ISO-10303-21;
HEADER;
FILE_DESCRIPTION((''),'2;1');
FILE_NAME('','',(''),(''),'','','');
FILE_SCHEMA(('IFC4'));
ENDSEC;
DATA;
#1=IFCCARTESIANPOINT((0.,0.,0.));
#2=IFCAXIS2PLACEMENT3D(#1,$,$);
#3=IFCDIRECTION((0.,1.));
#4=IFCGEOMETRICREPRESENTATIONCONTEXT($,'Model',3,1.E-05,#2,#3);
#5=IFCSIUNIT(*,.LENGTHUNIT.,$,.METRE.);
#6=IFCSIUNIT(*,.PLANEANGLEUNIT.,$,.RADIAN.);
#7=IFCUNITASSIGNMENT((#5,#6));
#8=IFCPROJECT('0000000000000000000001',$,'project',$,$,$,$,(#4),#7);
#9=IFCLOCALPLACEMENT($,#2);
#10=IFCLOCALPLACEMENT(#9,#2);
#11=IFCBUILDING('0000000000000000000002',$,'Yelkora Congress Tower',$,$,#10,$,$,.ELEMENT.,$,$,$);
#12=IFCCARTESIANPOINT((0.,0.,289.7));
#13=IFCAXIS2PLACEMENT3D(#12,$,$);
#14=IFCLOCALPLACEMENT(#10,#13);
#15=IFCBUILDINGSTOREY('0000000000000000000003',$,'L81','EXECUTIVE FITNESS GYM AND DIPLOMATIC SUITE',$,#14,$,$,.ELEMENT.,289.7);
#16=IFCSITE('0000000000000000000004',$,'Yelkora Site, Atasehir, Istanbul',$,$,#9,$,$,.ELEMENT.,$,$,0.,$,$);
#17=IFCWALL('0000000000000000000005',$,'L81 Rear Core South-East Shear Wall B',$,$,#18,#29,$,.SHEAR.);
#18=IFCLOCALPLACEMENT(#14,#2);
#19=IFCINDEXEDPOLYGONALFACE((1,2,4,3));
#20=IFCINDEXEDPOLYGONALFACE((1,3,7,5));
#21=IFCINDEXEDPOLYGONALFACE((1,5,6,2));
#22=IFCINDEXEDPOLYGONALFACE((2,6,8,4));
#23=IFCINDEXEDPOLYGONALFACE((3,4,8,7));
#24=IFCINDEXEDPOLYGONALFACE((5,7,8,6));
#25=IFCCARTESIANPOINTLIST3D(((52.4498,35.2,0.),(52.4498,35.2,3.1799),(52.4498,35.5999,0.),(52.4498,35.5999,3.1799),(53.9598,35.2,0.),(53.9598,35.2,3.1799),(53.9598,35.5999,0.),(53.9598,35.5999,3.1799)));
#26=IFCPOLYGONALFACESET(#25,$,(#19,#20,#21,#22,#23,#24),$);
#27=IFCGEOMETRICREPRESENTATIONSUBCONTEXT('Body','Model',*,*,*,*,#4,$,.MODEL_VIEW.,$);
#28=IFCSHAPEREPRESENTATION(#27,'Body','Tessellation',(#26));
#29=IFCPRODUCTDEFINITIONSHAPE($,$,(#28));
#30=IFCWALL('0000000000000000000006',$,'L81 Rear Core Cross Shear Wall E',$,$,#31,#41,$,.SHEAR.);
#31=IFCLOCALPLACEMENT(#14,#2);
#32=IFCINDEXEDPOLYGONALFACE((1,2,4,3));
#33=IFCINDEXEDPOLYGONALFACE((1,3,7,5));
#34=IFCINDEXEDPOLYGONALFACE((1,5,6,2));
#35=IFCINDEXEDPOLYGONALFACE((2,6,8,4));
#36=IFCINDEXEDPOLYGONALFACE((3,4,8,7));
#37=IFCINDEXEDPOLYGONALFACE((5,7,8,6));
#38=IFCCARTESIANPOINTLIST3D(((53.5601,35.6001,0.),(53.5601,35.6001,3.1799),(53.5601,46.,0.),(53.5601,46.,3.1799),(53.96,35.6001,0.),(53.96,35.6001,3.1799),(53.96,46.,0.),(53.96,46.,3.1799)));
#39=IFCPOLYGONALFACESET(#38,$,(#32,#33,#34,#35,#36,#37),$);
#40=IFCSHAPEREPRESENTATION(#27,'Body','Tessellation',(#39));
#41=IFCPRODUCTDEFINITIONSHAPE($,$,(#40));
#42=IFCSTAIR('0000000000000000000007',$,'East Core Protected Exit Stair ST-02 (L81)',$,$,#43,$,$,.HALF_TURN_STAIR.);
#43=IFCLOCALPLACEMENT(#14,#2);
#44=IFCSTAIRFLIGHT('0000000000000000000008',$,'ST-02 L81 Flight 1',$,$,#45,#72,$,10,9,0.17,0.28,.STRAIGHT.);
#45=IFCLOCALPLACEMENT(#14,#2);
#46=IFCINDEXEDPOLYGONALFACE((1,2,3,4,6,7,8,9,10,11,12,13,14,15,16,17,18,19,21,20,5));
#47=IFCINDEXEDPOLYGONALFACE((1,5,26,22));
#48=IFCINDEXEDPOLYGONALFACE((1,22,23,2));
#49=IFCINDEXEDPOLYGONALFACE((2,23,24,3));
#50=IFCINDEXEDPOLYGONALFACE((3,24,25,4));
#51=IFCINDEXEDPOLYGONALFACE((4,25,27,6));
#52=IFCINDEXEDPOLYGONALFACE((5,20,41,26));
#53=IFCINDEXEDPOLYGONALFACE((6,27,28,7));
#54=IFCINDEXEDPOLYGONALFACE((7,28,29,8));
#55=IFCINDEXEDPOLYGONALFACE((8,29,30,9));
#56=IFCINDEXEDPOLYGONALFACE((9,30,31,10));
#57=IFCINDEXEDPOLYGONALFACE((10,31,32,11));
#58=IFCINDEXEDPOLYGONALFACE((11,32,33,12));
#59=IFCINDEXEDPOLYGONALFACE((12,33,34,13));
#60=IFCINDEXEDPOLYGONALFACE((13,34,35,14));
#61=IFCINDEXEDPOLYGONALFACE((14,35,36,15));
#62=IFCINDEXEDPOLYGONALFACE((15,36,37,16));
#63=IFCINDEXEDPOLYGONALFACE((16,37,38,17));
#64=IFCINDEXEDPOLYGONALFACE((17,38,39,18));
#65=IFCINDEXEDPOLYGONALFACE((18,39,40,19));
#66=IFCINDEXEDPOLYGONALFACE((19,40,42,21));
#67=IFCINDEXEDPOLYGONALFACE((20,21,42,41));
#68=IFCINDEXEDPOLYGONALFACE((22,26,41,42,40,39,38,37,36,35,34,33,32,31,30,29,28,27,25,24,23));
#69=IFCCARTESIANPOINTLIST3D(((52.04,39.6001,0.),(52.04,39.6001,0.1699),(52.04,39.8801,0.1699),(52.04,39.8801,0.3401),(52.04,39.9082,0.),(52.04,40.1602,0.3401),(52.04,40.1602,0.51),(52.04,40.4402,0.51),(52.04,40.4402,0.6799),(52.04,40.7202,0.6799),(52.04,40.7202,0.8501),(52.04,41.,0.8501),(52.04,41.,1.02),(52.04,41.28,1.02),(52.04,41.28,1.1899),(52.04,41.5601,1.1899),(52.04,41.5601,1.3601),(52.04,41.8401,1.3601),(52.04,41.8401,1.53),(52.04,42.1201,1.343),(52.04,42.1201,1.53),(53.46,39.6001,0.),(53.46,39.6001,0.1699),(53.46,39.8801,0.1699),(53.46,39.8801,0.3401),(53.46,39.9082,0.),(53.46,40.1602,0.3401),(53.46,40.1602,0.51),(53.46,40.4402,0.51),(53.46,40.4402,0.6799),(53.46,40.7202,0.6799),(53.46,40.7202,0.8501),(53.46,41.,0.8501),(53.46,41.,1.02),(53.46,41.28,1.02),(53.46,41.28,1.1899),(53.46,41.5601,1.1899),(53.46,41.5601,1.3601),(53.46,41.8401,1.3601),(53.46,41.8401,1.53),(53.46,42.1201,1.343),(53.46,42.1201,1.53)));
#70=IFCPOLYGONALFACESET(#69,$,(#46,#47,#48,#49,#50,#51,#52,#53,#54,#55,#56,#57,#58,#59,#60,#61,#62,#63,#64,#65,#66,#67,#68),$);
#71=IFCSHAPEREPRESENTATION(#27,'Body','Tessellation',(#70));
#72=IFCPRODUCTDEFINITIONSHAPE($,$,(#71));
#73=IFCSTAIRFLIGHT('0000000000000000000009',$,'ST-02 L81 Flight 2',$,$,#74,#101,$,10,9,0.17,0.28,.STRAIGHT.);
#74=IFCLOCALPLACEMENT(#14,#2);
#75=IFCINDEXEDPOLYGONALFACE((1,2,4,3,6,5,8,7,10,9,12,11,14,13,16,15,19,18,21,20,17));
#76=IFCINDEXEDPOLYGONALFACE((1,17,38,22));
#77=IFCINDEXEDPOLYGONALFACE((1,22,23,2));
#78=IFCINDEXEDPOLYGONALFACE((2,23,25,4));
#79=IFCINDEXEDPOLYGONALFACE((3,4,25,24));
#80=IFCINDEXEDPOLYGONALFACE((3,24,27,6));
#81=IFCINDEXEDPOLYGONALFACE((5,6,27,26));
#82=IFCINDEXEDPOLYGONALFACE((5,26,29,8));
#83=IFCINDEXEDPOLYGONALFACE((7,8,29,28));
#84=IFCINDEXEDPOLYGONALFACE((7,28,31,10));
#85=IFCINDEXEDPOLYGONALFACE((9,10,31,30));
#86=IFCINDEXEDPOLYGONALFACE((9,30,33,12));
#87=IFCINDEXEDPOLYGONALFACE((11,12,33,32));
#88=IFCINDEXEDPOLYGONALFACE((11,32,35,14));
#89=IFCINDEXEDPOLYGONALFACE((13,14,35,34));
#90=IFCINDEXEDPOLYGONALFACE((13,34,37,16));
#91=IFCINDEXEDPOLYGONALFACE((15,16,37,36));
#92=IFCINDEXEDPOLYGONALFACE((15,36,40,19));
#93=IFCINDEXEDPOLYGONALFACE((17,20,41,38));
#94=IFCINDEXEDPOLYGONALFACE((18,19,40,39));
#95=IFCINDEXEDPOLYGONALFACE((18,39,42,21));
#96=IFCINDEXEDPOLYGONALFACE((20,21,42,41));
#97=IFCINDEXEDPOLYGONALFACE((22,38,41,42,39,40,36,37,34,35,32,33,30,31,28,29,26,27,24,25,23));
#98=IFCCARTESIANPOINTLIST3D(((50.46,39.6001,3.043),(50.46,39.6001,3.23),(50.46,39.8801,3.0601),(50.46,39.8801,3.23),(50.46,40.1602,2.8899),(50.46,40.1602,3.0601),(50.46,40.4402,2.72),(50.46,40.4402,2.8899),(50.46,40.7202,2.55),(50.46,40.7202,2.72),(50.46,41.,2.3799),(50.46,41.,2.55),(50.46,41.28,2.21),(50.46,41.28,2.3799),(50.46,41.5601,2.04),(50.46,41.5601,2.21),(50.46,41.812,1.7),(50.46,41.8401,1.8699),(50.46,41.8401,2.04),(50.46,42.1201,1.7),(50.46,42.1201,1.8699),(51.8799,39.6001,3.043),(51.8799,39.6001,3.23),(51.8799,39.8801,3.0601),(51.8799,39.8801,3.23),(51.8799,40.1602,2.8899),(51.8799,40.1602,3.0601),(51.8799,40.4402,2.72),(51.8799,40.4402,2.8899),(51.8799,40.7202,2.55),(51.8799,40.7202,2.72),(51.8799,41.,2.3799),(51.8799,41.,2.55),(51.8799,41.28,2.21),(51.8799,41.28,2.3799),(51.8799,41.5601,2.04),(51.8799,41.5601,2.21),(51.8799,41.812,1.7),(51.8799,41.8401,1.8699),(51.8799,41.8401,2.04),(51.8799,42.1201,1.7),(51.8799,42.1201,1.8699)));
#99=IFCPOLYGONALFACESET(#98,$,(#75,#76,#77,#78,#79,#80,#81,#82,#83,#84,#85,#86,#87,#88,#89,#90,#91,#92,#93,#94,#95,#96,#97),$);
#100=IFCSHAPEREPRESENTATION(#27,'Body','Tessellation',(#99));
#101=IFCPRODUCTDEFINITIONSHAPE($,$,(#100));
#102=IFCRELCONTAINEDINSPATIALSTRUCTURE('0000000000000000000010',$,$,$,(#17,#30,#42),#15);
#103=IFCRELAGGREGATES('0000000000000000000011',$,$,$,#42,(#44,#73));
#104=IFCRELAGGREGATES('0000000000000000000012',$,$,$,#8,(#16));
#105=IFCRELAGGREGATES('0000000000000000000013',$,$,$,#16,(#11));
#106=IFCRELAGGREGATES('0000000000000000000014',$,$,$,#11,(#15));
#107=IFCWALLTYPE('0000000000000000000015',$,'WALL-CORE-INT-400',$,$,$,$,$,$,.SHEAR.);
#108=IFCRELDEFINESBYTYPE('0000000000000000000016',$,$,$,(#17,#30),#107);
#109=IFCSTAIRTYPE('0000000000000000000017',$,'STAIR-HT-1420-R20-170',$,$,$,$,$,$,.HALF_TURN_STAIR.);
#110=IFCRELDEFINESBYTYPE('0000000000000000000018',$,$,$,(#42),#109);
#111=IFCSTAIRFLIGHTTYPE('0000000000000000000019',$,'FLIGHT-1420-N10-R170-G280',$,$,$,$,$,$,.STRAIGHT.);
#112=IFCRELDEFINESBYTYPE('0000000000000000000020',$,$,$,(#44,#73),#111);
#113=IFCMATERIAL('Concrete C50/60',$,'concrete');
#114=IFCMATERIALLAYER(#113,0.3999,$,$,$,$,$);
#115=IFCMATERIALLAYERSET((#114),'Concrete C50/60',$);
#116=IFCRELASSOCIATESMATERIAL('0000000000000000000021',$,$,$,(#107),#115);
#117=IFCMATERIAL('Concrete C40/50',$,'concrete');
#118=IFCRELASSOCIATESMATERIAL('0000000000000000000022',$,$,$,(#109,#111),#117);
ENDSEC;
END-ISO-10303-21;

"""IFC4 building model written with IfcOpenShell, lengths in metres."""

from ifc_helpers import new_model, si_unit, direction, frame, frame_2d, origin, place, context, subcontext, project, spatial, polyline, rectangle, outline, extrude, material, layer, layer_set, type_object, element, aggregate, save


model = new_model("IFC4")

# Units and contexts
model_context = context("Model", 3, precision=1e-05, world=origin(), true_north=direction((0.0, 1.0)))
body_context = subcontext(model_context, "Body", "Model", "MODEL_VIEW")
ifc_project = project(units=[si_unit("LENGTHUNIT", "METRE"), si_unit("PLANEANGLEUNIT", "RADIAN")], contexts=[model_context])

# Site, building, storey
site_placement = place(None, origin())
site = spatial("IfcSite", under=ifc_project, at=site_placement, Name="Yelkora Site, Atasehir, Istanbul", CompositionType="ELEMENT", RefElevation=0.0)
building_placement = place(site_placement, origin())
building = spatial("IfcBuilding", under=site, at=building_placement, Name="Yelkora Congress Tower", CompositionType="ELEMENT")
storey_placement = place(building_placement, frame((0.0, 0.0, 289.7)))
storey = spatial("IfcBuildingStorey", under=building, at=storey_placement, Name="L81", Description="EXECUTIVE FITNESS GYM AND DIPLOMATIC SUITE", CompositionType="ELEMENT", Elevation=289.7)

# Walls
ifc_material_1 = material(Name="Concrete C50/60", Category="concrete")
ifc_layer_1 = layer(ifc_material_1, 0.3999)
ifc_layer_set_1 = layer_set([ifc_layer_1], Name="Concrete C50/60")
wall_type_1 = type_object("IfcWallType", Name="WALL-CORE-INT-400", PredefinedType="SHEAR", material=ifc_layer_set_1)
wall_1_placement = place(storey_placement, frame((52.45, 35.3999, 0.0), z_axis=(0.0, 0.0, 1.0), x_axis=(1.0, 0.0, 0.0)))
element("IfcWall", 1, at=wall_1_placement, inside=storey, type_object=wall_type_1, Name="L81 Rear Core South-East Shear Wall B", PredefinedType="SHEAR", context=body_context, shape_type="SweptSolid", body=[
    extrude(rectangle(XDim=1.51, YDim=0.3999, at=frame_2d((0.7549, 0.0))), origin(), (0.0, 0.0, 1.0), 3.1799),
])
wall_2_placement = place(storey_placement, frame((53.76, 35.6001, 0.0), z_axis=(0.0, 0.0, 1.0), x_axis=(0.0, 1.0, 0.0)))
element("IfcWall", 2, at=wall_2_placement, inside=storey, type_object=wall_type_1, Name="L81 Rear Core Cross Shear Wall E", PredefinedType="SHEAR", context=body_context, shape_type="SweptSolid", body=[
    extrude(rectangle(XDim=10.3999, YDim=0.3999, at=frame_2d((5.2, 0.0))), origin(), (0.0, 0.0, 1.0), 3.1799),
])

# Stair, stair flights
ifc_material_2 = material(Name="Concrete C40/50", Category="concrete")
stair_type = type_object("IfcStairType", Name="STAIR-HT-1420-R20-170", PredefinedType="HALF_TURN_STAIR", material=ifc_material_2)
stair_placement = place(storey_placement, origin())
stair = element("IfcStair", 3, at=stair_placement, inside=storey, type_object=stair_type, Name="East Core Protected Exit Stair ST-02 (L81)", PredefinedType="HALF_TURN_STAIR")
stair_flight_type = type_object("IfcStairFlightType", Name="FLIGHT-1420-N10-R170-G280", PredefinedType="STRAIGHT", material=ifc_material_2)
stair_flight_1_placement = place(storey_placement, frame((52.75, 39.6001, 0.0), z_axis=(0.0, 0.0, 1.0), x_axis=(0.0, 1.0, 0.0)))
stair_flight_1 = element("IfcStairFlight", 4, at=stair_flight_1_placement, type_object=stair_flight_type, Name="ST-02 L81 Flight 1", NumberOfRisers=10, NumberOfTreads=9, PredefinedType="STRAIGHT", RiserHeight=0.17, TreadLength=0.28, context=body_context, shape_type="SweptSolid", body=[
    extrude(outline(polyline([(0.0, 0.0), (0.0, 0.1699), (0.28, 0.1699), (0.28, 0.3401), (0.5601, 0.3401), (0.5601, 0.51), (0.8401, 0.51), (0.8401, 0.6799), (1.1201, 0.6799), (1.1201, 0.8501), (1.3999, 0.8501), (1.3999, 1.02), (1.6799, 1.02), (1.6799, 1.1899), (1.96, 1.1899), (1.96, 1.3601), (2.24, 1.3601), (2.24, 1.53), (2.52, 1.53), (2.52, 1.7), (2.52, 1.343), (0.3081, 0.0), (0.0, 0.0)])), frame((0.0, 0.71, 0.0), z_axis=(0.0, -1.0, 0.0), x_axis=(1.0, 0.0, 0.0)), (0.0, 0.0, 1.0), 1.4199),
])
stair_flight_2_placement = place(storey_placement, frame((51.1699, 42.1201, 1.7), z_axis=(0.0, 0.0, 1.0), x_axis=(0.0, -1.0, 0.0)))
stair_flight_2 = element("IfcStairFlight", 5, at=stair_flight_2_placement, type_object=stair_flight_type, Name="ST-02 L81 Flight 2", NumberOfRisers=10, NumberOfTreads=9, PredefinedType="STRAIGHT", RiserHeight=0.17, TreadLength=0.28, context=body_context, shape_type="SweptSolid", body=[
    extrude(outline(polyline([(0.0, 0.0), (0.0, 0.1699), (0.28, 0.1699), (0.28, 0.3401), (0.5601, 0.3401), (0.5601, 0.51), (0.8401, 0.51), (0.8401, 0.6799), (1.1201, 0.6799), (1.1201, 0.8501), (1.3999, 0.8501), (1.3999, 1.02), (1.6799, 1.02), (1.6799, 1.1899), (1.96, 1.1899), (1.96, 1.3601), (2.24, 1.3601), (2.24, 1.53), (2.52, 1.53), (2.52, 1.7), (2.52, 1.343), (0.3081, 0.0), (0.0, 0.0)])), frame((0.0, 0.71, 0.0), z_axis=(0.0, -1.0, 0.0), x_axis=(1.0, 0.0, 0.0)), (0.0, 0.0, 1.0), 1.4199),
])
aggregate(stair, [stair_flight_1, stair_flight_2])

save(model, "model.ifc")
